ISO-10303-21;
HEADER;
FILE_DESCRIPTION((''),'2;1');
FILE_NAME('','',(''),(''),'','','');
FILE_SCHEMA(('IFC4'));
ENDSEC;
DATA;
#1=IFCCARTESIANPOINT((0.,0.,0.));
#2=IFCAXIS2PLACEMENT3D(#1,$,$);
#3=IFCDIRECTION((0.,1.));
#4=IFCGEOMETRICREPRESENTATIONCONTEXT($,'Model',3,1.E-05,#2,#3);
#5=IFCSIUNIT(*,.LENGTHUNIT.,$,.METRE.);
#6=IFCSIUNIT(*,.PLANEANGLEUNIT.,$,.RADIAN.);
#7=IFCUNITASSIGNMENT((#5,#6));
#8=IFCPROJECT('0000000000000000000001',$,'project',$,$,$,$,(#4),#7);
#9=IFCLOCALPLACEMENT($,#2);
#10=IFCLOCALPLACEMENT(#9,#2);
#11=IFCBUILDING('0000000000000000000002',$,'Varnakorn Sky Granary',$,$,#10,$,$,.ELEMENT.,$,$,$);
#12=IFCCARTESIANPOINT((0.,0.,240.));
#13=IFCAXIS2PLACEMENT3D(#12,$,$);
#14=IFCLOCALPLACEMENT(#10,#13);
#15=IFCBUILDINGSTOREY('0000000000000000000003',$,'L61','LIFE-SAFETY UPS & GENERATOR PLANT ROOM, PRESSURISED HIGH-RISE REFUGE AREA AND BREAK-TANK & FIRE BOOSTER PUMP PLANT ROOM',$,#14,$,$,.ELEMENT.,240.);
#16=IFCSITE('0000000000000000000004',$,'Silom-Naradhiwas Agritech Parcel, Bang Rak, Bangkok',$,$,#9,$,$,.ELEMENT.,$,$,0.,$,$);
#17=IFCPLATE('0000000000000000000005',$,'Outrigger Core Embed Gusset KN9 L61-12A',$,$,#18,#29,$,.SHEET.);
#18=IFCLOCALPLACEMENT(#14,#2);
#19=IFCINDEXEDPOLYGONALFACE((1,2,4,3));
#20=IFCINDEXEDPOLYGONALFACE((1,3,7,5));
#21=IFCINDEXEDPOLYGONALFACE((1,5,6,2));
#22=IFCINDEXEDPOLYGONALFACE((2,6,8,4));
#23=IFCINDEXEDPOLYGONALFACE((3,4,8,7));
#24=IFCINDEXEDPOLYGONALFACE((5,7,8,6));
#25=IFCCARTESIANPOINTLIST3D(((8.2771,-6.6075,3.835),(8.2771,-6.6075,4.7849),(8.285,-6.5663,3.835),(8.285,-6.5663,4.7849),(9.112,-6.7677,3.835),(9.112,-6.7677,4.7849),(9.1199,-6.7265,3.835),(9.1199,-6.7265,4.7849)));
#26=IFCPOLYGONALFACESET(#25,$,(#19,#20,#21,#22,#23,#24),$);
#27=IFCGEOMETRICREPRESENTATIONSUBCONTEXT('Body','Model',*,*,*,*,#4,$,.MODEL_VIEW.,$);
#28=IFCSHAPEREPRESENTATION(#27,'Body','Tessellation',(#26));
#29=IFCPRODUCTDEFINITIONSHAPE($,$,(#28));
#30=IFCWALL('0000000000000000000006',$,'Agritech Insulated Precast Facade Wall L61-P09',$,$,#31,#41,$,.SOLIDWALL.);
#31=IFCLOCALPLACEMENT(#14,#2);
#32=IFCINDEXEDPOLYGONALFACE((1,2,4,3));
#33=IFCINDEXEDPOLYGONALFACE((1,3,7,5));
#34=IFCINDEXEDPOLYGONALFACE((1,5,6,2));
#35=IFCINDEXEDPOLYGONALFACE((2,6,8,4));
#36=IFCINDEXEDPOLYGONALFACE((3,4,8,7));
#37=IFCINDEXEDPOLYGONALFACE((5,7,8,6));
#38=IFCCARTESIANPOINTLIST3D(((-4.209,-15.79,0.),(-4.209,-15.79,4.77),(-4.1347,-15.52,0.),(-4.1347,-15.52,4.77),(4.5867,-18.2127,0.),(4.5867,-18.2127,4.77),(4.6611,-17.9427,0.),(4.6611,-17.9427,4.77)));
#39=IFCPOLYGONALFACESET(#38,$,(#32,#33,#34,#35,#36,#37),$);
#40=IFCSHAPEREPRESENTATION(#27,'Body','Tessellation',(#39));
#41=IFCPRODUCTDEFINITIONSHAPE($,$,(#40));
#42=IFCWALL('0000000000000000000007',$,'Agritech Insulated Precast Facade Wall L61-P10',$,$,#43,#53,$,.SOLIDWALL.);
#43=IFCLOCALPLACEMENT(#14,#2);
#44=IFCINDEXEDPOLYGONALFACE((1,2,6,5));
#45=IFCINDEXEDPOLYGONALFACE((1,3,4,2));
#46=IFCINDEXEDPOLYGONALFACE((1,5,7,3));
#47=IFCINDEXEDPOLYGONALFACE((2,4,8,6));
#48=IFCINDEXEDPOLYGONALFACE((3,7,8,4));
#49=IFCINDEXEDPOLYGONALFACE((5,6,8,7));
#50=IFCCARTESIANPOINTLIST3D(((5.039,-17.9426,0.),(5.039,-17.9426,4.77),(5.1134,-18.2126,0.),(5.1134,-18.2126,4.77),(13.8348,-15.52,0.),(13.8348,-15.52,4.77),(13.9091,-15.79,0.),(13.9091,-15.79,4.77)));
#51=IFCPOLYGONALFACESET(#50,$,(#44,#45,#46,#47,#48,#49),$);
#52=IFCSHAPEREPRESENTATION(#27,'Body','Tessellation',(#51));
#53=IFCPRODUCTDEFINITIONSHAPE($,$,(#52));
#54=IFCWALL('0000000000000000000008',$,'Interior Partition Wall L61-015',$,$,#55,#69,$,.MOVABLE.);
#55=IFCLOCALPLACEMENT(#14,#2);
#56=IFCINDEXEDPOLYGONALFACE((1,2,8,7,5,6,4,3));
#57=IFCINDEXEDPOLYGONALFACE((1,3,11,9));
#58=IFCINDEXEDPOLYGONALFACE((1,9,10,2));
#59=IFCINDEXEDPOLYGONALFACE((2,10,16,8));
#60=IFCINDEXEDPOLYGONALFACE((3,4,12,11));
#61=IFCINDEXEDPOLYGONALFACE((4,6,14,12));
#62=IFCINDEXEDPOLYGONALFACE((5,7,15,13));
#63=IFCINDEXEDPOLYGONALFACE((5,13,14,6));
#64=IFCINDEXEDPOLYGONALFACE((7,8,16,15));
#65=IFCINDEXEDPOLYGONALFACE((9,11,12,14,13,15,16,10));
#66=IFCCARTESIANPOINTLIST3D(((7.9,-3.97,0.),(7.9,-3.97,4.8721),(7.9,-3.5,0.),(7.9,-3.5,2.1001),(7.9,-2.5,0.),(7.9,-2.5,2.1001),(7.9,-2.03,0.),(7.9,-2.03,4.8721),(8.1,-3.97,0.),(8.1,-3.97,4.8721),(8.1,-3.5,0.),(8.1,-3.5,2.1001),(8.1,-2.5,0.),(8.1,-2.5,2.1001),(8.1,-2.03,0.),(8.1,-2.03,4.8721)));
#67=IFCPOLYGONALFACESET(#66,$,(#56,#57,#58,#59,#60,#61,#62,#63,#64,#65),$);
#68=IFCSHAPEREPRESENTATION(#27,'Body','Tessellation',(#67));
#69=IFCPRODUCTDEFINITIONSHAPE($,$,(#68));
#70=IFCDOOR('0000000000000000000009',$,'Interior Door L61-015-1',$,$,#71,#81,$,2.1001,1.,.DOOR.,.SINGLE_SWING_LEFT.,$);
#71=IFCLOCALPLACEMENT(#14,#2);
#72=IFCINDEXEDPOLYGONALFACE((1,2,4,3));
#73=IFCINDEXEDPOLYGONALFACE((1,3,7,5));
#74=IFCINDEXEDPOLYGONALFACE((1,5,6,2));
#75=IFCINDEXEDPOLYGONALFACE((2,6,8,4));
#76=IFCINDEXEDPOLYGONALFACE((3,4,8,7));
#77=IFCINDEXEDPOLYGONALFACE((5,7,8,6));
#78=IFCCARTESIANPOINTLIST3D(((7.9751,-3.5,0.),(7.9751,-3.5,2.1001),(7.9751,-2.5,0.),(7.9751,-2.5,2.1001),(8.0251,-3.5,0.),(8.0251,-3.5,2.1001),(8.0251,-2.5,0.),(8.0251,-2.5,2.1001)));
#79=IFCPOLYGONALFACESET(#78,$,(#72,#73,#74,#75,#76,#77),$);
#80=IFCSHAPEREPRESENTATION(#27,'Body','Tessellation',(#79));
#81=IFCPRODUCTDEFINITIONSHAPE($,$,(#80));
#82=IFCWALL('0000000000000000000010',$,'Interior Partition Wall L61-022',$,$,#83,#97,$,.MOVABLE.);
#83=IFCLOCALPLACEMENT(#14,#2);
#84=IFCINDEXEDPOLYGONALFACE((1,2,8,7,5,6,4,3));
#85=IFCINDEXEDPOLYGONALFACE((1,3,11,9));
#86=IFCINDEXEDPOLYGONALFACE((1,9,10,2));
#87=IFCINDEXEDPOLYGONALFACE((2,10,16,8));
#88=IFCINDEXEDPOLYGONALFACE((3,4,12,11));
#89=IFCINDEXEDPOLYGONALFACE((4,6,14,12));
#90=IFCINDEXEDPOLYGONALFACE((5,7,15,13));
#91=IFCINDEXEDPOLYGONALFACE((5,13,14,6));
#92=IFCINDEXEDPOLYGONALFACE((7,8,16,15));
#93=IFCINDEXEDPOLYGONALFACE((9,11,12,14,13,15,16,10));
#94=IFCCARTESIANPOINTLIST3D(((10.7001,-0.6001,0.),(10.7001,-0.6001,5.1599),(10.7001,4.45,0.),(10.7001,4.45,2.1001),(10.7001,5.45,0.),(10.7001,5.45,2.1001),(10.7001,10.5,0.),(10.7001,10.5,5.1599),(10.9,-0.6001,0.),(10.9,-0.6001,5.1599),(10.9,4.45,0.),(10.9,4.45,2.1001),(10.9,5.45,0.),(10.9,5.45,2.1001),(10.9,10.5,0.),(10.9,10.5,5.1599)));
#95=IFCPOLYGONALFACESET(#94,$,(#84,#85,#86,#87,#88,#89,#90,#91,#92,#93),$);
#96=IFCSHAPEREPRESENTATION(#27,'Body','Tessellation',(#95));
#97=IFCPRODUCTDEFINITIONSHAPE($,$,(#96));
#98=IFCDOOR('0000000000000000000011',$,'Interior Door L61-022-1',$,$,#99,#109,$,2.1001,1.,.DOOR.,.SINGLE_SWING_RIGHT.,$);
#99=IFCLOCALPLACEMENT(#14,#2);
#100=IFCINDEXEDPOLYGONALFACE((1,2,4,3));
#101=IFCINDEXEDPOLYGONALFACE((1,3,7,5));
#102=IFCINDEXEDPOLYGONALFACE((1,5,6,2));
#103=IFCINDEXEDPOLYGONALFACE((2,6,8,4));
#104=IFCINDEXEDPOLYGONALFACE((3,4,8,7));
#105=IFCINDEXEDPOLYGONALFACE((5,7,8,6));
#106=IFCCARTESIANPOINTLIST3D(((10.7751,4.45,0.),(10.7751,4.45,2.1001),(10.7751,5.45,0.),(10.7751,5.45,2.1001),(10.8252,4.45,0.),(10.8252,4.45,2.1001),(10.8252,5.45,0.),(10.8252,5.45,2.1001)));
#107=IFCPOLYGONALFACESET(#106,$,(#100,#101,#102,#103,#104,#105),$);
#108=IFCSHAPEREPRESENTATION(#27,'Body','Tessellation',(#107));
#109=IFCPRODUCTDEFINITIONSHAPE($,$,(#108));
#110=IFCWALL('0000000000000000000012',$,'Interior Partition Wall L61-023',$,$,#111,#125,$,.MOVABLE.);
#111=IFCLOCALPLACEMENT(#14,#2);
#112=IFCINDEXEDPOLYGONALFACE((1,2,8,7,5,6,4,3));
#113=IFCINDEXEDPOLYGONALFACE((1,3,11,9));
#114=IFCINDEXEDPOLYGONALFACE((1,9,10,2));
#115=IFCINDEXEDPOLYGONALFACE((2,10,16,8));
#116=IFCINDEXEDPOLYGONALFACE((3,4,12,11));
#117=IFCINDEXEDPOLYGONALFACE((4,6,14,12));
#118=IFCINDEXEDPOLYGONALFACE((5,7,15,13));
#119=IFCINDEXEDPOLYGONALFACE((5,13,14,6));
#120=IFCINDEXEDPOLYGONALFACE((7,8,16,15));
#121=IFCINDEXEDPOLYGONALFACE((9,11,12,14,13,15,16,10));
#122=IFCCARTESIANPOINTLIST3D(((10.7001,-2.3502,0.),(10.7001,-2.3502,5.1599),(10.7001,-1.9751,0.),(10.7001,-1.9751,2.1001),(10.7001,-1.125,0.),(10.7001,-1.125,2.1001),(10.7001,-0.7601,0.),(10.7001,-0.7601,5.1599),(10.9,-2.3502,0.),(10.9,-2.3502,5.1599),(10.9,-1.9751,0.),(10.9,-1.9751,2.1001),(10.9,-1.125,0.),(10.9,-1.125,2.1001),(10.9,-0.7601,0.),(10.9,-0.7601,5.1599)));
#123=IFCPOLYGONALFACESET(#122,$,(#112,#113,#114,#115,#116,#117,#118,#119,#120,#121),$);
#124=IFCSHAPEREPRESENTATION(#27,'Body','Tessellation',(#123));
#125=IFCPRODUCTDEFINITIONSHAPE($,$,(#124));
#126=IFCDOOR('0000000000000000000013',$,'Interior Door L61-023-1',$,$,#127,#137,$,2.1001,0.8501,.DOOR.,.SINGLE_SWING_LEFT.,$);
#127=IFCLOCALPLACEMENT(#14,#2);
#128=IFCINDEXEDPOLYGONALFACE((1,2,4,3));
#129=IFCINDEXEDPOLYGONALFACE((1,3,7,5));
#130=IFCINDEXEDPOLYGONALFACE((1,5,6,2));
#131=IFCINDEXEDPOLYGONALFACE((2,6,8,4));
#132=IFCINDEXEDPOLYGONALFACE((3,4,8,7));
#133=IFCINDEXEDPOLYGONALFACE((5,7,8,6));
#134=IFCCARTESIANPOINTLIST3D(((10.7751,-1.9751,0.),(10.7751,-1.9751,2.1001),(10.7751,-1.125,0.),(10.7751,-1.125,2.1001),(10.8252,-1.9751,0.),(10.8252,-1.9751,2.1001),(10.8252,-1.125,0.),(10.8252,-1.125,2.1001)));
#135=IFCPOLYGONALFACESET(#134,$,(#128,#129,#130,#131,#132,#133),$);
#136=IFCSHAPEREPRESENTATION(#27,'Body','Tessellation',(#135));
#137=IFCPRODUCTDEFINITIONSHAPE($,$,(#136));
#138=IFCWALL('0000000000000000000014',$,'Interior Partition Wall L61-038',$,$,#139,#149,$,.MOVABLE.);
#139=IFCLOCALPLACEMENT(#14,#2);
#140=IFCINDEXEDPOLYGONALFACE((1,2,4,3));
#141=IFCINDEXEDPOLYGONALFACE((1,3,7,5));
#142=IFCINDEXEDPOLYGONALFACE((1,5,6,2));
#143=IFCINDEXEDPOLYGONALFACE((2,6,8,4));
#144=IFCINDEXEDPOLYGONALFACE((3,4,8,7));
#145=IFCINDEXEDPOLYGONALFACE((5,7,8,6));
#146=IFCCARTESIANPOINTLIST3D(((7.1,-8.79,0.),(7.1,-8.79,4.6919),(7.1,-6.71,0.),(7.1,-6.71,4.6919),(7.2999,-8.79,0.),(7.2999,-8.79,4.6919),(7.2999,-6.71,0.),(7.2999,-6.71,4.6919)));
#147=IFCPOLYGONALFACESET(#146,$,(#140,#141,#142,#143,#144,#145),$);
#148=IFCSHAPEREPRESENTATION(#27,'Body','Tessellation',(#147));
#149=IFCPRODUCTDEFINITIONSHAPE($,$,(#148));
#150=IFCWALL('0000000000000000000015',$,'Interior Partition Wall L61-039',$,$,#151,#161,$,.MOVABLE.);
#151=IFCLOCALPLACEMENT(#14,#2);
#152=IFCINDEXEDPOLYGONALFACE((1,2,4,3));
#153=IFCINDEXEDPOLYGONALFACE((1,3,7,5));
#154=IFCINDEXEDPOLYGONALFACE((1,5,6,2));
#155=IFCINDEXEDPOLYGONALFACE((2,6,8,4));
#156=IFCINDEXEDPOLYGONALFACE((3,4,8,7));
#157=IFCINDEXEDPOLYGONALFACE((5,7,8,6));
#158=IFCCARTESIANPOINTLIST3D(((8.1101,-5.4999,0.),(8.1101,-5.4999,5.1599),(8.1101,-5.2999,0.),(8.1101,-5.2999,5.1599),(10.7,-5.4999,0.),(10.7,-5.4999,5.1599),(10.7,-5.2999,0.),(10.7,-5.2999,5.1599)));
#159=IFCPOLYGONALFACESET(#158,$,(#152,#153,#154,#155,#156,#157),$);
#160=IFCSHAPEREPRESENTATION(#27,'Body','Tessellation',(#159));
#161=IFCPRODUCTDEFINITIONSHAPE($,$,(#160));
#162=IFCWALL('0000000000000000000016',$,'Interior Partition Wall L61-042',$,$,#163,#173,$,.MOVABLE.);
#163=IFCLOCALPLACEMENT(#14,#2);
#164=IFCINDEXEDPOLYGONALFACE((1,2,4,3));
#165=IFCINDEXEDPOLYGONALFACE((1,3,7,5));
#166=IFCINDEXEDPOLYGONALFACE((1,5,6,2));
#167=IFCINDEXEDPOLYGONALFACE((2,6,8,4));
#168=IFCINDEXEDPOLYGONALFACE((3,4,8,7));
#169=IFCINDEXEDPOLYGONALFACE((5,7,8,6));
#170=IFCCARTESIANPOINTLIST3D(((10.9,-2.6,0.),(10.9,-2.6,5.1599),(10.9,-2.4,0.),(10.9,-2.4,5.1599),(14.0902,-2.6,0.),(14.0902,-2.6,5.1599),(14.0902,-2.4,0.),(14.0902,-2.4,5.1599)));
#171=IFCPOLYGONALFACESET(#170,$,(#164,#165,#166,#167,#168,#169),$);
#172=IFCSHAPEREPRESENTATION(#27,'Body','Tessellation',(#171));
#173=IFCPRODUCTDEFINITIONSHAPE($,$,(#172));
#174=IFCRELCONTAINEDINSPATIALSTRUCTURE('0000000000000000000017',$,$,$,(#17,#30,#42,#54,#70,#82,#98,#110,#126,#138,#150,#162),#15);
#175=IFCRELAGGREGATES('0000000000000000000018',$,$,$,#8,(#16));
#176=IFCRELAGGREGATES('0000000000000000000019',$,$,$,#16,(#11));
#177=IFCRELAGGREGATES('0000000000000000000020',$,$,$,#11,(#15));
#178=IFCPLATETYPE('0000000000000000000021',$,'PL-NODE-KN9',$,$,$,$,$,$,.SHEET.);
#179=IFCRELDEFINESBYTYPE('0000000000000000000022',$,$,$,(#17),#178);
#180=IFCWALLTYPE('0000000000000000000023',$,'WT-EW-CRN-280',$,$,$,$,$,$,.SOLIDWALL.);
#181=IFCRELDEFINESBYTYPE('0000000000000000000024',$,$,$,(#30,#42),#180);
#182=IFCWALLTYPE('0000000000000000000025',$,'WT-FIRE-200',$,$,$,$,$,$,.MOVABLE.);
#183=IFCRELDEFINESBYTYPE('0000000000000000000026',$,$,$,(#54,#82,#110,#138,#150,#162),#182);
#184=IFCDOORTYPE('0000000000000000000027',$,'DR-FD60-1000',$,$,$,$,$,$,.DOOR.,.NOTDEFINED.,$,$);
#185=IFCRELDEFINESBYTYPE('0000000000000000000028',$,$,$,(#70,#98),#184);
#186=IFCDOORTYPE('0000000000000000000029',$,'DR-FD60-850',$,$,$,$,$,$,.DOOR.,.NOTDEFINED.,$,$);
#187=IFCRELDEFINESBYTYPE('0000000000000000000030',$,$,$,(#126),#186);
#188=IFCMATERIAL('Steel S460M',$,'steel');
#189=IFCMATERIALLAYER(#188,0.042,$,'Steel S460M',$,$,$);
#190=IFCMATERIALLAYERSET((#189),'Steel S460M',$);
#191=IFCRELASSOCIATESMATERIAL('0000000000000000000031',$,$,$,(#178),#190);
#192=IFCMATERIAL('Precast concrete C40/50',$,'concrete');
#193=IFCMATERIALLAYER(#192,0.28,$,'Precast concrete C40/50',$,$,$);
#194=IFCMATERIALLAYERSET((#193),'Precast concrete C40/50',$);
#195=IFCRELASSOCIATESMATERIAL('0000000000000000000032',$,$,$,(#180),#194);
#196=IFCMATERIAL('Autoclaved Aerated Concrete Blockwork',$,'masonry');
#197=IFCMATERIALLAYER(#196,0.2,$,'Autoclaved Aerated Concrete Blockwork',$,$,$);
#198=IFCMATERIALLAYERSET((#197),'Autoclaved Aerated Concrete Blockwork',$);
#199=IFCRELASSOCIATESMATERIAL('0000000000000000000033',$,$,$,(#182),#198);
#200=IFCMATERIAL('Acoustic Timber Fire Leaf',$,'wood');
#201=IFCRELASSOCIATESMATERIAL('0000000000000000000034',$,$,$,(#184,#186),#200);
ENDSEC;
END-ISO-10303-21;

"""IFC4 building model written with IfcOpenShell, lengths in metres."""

from ifc_helpers import new_model, si_unit, direction, frame, frame_2d, origin, origin_2d, place, context, subcontext, project, spatial, rectangle, extrude, material, layer, layer_set, type_object, element, fill, save


model = new_model("IFC4")

# Units and contexts
model_context = context("Model", 3, precision=1e-05, world=origin(), true_north=direction((0.0, 1.0)))
body_context = subcontext(model_context, "Body", "Model", "MODEL_VIEW")
ifc_project = project(units=[si_unit("LENGTHUNIT", "METRE"), si_unit("PLANEANGLEUNIT", "RADIAN")], contexts=[model_context])

# Site, building, storey
site_placement = place(None, origin())
site = spatial("IfcSite", under=ifc_project, at=site_placement, Name="Silom-Naradhiwas Agritech Parcel, Bang Rak, Bangkok", CompositionType="ELEMENT", RefElevation=0.0)
building_placement = place(site_placement, origin())
building = spatial("IfcBuilding", under=site, at=building_placement, Name="Varnakorn Sky Granary", CompositionType="ELEMENT")
storey_placement = place(building_placement, frame((0.0, 0.0, 240.0)))
storey = spatial("IfcBuildingStorey", under=building, at=storey_placement, Name="L61", Description="LIFE-SAFETY UPS & GENERATOR PLANT ROOM, PRESSURISED HIGH-RISE REFUGE AREA AND BREAK-TANK & FIRE BOOSTER PUMP PLANT ROOM", CompositionType="ELEMENT", Elevation=240.0)

# Shared definitions
ifc_material_1 = material(Name="Steel S460M", Category="steel")

# Plate
ifc_layer_1 = layer(ifc_material_1, 0.042, Name="Steel S460M")
ifc_layer_set_1 = layer_set([ifc_layer_1], Name="Steel S460M")
plate_type_1 = type_object("IfcPlateType", Name="PL-NODE-KN9", PredefinedType="SHEET", material=ifc_layer_set_1)
plate_1_placement = place(storey_placement, frame((8.6985, -6.667, 3.835), z_axis=(0.0, 0.0, 1.0), x_axis=(0.982077, -0.188481, 0.0)))
element("IfcPlate", 1, at=plate_1_placement, inside=storey, type_object=plate_type_1, Name="Outrigger Core Embed Gusset KN9 L61-12A", PredefinedType="SHEET", context=body_context, shape_type="SweptSolid", body=[
    extrude(rectangle(XDim=0.8501, YDim=0.042, at=origin_2d()), origin(), (0.0, 0.0, 1.0), 0.95),
])

# Walls
ifc_material_2 = material(Name="Precast concrete C40/50", Category="concrete")
ifc_layer_2 = layer(ifc_material_2, 0.28, Name="Precast concrete C40/50")
ifc_layer_set_2 = layer_set([ifc_layer_2], Name="Precast concrete C40/50")
wall_type_1 = type_object("IfcWallType", Name="WT-EW-CRN-280", PredefinedType="SOLIDWALL", material=ifc_layer_set_2)
for number, where, z_axis, x_axis, name in (
    (2, (4.6238, -18.0776, 0.0), (0.0, 0.0, 1.0), (-0.964099, 0.265544, 0.0), "Agritech Insulated Precast Facade Wall L61-P09"),
    (3, (13.8718, -15.655, 0.0), (0.0, 0.0, 1.0), (-0.964099, -0.265544, 0.0), "Agritech Insulated Precast Facade Wall L61-P10"),
):
    element("IfcWall", number, at=place(storey_placement, frame(where, z_axis=z_axis, x_axis=x_axis)), inside=storey, type_object=wall_type_1, Name=name, PredefinedType="SOLIDWALL", context=body_context, shape_type="SweptSolid", body=[
        extrude(rectangle(XDim=9.1233, YDim=0.28, at=frame_2d((4.5615, 0.0))), origin(), (0.0, 0.0, 1.0), 4.77),
    ])

# Walls, openings, doors
ifc_material_3 = material(Name="Autoclaved Aerated Concrete Blockwork", Category="masonry")
ifc_layer_3 = layer(ifc_material_3, 0.2, Name="Autoclaved Aerated Concrete Blockwork")
ifc_layer_set_3 = layer_set([ifc_layer_3], Name="Autoclaved Aerated Concrete Blockwork")
wall_type_2 = type_object("IfcWallType", Name="WT-FIRE-200", PredefinedType="MOVABLE", material=ifc_layer_set_3)
wall_1_placement = place(storey_placement, frame((8.0, -3.97, 0.0), z_axis=(0.0, 0.0, 1.0), x_axis=(0.0, 1.0, 0.0)))
wall_1 = element("IfcWall", 4, at=wall_1_placement, inside=storey, type_object=wall_type_2, Name="Interior Partition Wall L61-015", PredefinedType="MOVABLE", context=body_context, shape_type="SweptSolid", body=[
    extrude(rectangle(XDim=1.9399, YDim=0.2, at=frame_2d((0.97, 0.0))), origin(), (0.0, 0.0, 1.0), 4.8721),
])
opening_1_placement = place(wall_1_placement, frame((0.47, 0.0, 0.0)))
opening_1 = element("IfcOpeningElement", 5, at=opening_1_placement, cuts=wall_1, PredefinedType="OPENING", context=body_context, shape_type="SweptSolid", body=[
    extrude(rectangle(XDim=1.0, YDim=2.1001, at=frame_2d((0.5, 1.05))), frame((0.0, 0.1099, 0.0), z_axis=(0.0, -1.0, 0.0), x_axis=(1.0, 0.0, 0.0)), (0.0, 0.0, 1.0), 0.22),
])
ifc_material_4 = material(Name="Acoustic Timber Fire Leaf", Category="wood")
door_type_1 = type_object("IfcDoorType", Name="DR-FD60-1000", OperationType="NOTDEFINED", PredefinedType="DOOR", material=ifc_material_4)
door_1_placement = place(opening_1_placement, origin())
door_1 = element("IfcDoor", 6, at=door_1_placement, inside=storey, type_object=door_type_1, Name="Interior Door L61-015-1", OperationType="SINGLE_SWING_LEFT", OverallHeight=2.1001, OverallWidth=1.0, PredefinedType="DOOR", context=body_context, shape_type="SweptSolid", body=[
    extrude(rectangle(XDim=1.0, YDim=2.1001, at=frame_2d((0.5, 1.05))), frame((0.0, 0.0249, 0.0), z_axis=(0.0, -1.0, 0.0), x_axis=(1.0, 0.0, 0.0)), (0.0, 0.0, 1.0), 0.05),
])
fill(opening_1, door_1)
wall_2_placement = place(storey_placement, frame((10.8, -0.6001, 0.0), z_axis=(0.0, 0.0, 1.0), x_axis=(0.0, 1.0, 0.0)))
wall_2 = element("IfcWall", 7, at=wall_2_placement, inside=storey, type_object=wall_type_2, Name="Interior Partition Wall L61-022", PredefinedType="MOVABLE", context=body_context, shape_type="SweptSolid", body=[
    extrude(rectangle(XDim=11.1001, YDim=0.2, at=frame_2d((5.55, 0.0))), origin(), (0.0, 0.0, 1.0), 5.1599),
])
opening_2_placement = place(wall_2_placement, frame((5.05, 0.0, 0.0)))
opening_2 = element("IfcOpeningElement", 8, at=opening_2_placement, cuts=wall_2, PredefinedType="OPENING", context=body_context, shape_type="SweptSolid", body=[
    extrude(rectangle(XDim=1.0, YDim=2.1001, at=frame_2d((0.5, 1.05))), frame((0.0, 0.1099, 0.0), z_axis=(0.0, -1.0, 0.0), x_axis=(1.0, 0.0, 0.0)), (0.0, 0.0, 1.0), 0.22),
])
door_2_placement = place(opening_2_placement, origin())
door_2 = element("IfcDoor", 9, at=door_2_placement, inside=storey, type_object=door_type_1, Name="Interior Door L61-022-1", OperationType="SINGLE_SWING_RIGHT", OverallHeight=2.1001, OverallWidth=1.0, PredefinedType="DOOR", context=body_context, shape_type="SweptSolid", body=[
    extrude(rectangle(XDim=1.0, YDim=2.1001, at=frame_2d((0.5, 1.05))), frame((0.0, 0.0249, 0.0), z_axis=(0.0, -1.0, 0.0), x_axis=(1.0, 0.0, 0.0)), (0.0, 0.0, 1.0), 0.05),
])
fill(opening_2, door_2)
wall_3_placement = place(storey_placement, frame((10.8, -2.3501, 0.0), z_axis=(0.0, 0.0, 1.0), x_axis=(0.0, 1.0, 0.0)))
wall_3 = element("IfcWall", 10, at=wall_3_placement, inside=storey, type_object=wall_type_2, Name="Interior Partition Wall L61-023", PredefinedType="MOVABLE", context=body_context, shape_type="SweptSolid", body=[
    extrude(rectangle(XDim=1.5901, YDim=0.2, at=frame_2d((0.7949, 0.0))), origin(), (0.0, 0.0, 1.0), 5.1599),
])
opening_3_placement = place(wall_3_placement, frame((0.375, 0.0, 0.0)))
opening_3 = element("IfcOpeningElement", 11, at=opening_3_placement, cuts=wall_3, PredefinedType="OPENING", context=body_context, shape_type="SweptSolid", body=[
    extrude(rectangle(XDim=0.8501, YDim=2.1001, at=frame_2d((0.425, 1.05))), frame((0.0, 0.1099, 0.0), z_axis=(0.0, -1.0, 0.0), x_axis=(1.0, 0.0, 0.0)), (0.0, 0.0, 1.0), 0.22),
])
door_type_2 = type_object("IfcDoorType", Name="DR-FD60-850", OperationType="NOTDEFINED", PredefinedType="DOOR", material=ifc_material_4)
door_3_placement = place(opening_3_placement, origin())
door_3 = element("IfcDoor", 12, at=door_3_placement, inside=storey, type_object=door_type_2, Name="Interior Door L61-023-1", OperationType="SINGLE_SWING_LEFT", OverallHeight=2.1001, OverallWidth=0.8501, PredefinedType="DOOR", context=body_context, shape_type="SweptSolid", body=[
    extrude(rectangle(XDim=0.8501, YDim=2.1001, at=frame_2d((0.425, 1.05))), frame((0.0, 0.0249, 0.0), z_axis=(0.0, -1.0, 0.0), x_axis=(1.0, 0.0, 0.0)), (0.0, 0.0, 1.0), 0.05),
])
fill(opening_3, door_3)

# Walls
wall_4_placement = place(storey_placement, frame((7.2, -8.79, 0.0), z_axis=(0.0, 0.0, 1.0), x_axis=(0.0, 1.0, 0.0)))
element("IfcWall", 13, at=wall_4_placement, inside=storey, type_object=wall_type_2, Name="Interior Partition Wall L61-038", PredefinedType="MOVABLE", context=body_context, shape_type="SweptSolid", body=[
    extrude(rectangle(XDim=2.0801, YDim=0.2, at=frame_2d((1.04, 0.0))), origin(), (0.0, 0.0, 1.0), 4.6919),
])
wall_5_placement = place(storey_placement, frame((8.1101, -5.3999, 0.0), z_axis=(0.0, 0.0, 1.0), x_axis=(1.0, 0.0, 0.0)))
element("IfcWall", 14, at=wall_5_placement, inside=storey, type_object=wall_type_2, Name="Interior Partition Wall L61-039", PredefinedType="MOVABLE", context=body_context, shape_type="SweptSolid", body=[
    extrude(rectangle(XDim=2.5898, YDim=0.2, at=frame_2d((1.2949, 0.0))), origin(), (0.0, 0.0, 1.0), 5.1599),
])
wall_6_placement = place(storey_placement, frame((10.8999, -2.5, 0.0), z_axis=(0.0, 0.0, 1.0), x_axis=(1.0, 0.0, 0.0)))
element("IfcWall", 15, at=wall_6_placement, inside=storey, type_object=wall_type_2, Name="Interior Partition Wall L61-042", PredefinedType="MOVABLE", context=body_context, shape_type="SweptSolid", body=[
    extrude(rectangle(XDim=3.1902, YDim=0.2, at=frame_2d((1.5952, 0.0))), origin(), (0.0, 0.0, 1.0), 5.1599),
])

save(model, "model.ifc")
